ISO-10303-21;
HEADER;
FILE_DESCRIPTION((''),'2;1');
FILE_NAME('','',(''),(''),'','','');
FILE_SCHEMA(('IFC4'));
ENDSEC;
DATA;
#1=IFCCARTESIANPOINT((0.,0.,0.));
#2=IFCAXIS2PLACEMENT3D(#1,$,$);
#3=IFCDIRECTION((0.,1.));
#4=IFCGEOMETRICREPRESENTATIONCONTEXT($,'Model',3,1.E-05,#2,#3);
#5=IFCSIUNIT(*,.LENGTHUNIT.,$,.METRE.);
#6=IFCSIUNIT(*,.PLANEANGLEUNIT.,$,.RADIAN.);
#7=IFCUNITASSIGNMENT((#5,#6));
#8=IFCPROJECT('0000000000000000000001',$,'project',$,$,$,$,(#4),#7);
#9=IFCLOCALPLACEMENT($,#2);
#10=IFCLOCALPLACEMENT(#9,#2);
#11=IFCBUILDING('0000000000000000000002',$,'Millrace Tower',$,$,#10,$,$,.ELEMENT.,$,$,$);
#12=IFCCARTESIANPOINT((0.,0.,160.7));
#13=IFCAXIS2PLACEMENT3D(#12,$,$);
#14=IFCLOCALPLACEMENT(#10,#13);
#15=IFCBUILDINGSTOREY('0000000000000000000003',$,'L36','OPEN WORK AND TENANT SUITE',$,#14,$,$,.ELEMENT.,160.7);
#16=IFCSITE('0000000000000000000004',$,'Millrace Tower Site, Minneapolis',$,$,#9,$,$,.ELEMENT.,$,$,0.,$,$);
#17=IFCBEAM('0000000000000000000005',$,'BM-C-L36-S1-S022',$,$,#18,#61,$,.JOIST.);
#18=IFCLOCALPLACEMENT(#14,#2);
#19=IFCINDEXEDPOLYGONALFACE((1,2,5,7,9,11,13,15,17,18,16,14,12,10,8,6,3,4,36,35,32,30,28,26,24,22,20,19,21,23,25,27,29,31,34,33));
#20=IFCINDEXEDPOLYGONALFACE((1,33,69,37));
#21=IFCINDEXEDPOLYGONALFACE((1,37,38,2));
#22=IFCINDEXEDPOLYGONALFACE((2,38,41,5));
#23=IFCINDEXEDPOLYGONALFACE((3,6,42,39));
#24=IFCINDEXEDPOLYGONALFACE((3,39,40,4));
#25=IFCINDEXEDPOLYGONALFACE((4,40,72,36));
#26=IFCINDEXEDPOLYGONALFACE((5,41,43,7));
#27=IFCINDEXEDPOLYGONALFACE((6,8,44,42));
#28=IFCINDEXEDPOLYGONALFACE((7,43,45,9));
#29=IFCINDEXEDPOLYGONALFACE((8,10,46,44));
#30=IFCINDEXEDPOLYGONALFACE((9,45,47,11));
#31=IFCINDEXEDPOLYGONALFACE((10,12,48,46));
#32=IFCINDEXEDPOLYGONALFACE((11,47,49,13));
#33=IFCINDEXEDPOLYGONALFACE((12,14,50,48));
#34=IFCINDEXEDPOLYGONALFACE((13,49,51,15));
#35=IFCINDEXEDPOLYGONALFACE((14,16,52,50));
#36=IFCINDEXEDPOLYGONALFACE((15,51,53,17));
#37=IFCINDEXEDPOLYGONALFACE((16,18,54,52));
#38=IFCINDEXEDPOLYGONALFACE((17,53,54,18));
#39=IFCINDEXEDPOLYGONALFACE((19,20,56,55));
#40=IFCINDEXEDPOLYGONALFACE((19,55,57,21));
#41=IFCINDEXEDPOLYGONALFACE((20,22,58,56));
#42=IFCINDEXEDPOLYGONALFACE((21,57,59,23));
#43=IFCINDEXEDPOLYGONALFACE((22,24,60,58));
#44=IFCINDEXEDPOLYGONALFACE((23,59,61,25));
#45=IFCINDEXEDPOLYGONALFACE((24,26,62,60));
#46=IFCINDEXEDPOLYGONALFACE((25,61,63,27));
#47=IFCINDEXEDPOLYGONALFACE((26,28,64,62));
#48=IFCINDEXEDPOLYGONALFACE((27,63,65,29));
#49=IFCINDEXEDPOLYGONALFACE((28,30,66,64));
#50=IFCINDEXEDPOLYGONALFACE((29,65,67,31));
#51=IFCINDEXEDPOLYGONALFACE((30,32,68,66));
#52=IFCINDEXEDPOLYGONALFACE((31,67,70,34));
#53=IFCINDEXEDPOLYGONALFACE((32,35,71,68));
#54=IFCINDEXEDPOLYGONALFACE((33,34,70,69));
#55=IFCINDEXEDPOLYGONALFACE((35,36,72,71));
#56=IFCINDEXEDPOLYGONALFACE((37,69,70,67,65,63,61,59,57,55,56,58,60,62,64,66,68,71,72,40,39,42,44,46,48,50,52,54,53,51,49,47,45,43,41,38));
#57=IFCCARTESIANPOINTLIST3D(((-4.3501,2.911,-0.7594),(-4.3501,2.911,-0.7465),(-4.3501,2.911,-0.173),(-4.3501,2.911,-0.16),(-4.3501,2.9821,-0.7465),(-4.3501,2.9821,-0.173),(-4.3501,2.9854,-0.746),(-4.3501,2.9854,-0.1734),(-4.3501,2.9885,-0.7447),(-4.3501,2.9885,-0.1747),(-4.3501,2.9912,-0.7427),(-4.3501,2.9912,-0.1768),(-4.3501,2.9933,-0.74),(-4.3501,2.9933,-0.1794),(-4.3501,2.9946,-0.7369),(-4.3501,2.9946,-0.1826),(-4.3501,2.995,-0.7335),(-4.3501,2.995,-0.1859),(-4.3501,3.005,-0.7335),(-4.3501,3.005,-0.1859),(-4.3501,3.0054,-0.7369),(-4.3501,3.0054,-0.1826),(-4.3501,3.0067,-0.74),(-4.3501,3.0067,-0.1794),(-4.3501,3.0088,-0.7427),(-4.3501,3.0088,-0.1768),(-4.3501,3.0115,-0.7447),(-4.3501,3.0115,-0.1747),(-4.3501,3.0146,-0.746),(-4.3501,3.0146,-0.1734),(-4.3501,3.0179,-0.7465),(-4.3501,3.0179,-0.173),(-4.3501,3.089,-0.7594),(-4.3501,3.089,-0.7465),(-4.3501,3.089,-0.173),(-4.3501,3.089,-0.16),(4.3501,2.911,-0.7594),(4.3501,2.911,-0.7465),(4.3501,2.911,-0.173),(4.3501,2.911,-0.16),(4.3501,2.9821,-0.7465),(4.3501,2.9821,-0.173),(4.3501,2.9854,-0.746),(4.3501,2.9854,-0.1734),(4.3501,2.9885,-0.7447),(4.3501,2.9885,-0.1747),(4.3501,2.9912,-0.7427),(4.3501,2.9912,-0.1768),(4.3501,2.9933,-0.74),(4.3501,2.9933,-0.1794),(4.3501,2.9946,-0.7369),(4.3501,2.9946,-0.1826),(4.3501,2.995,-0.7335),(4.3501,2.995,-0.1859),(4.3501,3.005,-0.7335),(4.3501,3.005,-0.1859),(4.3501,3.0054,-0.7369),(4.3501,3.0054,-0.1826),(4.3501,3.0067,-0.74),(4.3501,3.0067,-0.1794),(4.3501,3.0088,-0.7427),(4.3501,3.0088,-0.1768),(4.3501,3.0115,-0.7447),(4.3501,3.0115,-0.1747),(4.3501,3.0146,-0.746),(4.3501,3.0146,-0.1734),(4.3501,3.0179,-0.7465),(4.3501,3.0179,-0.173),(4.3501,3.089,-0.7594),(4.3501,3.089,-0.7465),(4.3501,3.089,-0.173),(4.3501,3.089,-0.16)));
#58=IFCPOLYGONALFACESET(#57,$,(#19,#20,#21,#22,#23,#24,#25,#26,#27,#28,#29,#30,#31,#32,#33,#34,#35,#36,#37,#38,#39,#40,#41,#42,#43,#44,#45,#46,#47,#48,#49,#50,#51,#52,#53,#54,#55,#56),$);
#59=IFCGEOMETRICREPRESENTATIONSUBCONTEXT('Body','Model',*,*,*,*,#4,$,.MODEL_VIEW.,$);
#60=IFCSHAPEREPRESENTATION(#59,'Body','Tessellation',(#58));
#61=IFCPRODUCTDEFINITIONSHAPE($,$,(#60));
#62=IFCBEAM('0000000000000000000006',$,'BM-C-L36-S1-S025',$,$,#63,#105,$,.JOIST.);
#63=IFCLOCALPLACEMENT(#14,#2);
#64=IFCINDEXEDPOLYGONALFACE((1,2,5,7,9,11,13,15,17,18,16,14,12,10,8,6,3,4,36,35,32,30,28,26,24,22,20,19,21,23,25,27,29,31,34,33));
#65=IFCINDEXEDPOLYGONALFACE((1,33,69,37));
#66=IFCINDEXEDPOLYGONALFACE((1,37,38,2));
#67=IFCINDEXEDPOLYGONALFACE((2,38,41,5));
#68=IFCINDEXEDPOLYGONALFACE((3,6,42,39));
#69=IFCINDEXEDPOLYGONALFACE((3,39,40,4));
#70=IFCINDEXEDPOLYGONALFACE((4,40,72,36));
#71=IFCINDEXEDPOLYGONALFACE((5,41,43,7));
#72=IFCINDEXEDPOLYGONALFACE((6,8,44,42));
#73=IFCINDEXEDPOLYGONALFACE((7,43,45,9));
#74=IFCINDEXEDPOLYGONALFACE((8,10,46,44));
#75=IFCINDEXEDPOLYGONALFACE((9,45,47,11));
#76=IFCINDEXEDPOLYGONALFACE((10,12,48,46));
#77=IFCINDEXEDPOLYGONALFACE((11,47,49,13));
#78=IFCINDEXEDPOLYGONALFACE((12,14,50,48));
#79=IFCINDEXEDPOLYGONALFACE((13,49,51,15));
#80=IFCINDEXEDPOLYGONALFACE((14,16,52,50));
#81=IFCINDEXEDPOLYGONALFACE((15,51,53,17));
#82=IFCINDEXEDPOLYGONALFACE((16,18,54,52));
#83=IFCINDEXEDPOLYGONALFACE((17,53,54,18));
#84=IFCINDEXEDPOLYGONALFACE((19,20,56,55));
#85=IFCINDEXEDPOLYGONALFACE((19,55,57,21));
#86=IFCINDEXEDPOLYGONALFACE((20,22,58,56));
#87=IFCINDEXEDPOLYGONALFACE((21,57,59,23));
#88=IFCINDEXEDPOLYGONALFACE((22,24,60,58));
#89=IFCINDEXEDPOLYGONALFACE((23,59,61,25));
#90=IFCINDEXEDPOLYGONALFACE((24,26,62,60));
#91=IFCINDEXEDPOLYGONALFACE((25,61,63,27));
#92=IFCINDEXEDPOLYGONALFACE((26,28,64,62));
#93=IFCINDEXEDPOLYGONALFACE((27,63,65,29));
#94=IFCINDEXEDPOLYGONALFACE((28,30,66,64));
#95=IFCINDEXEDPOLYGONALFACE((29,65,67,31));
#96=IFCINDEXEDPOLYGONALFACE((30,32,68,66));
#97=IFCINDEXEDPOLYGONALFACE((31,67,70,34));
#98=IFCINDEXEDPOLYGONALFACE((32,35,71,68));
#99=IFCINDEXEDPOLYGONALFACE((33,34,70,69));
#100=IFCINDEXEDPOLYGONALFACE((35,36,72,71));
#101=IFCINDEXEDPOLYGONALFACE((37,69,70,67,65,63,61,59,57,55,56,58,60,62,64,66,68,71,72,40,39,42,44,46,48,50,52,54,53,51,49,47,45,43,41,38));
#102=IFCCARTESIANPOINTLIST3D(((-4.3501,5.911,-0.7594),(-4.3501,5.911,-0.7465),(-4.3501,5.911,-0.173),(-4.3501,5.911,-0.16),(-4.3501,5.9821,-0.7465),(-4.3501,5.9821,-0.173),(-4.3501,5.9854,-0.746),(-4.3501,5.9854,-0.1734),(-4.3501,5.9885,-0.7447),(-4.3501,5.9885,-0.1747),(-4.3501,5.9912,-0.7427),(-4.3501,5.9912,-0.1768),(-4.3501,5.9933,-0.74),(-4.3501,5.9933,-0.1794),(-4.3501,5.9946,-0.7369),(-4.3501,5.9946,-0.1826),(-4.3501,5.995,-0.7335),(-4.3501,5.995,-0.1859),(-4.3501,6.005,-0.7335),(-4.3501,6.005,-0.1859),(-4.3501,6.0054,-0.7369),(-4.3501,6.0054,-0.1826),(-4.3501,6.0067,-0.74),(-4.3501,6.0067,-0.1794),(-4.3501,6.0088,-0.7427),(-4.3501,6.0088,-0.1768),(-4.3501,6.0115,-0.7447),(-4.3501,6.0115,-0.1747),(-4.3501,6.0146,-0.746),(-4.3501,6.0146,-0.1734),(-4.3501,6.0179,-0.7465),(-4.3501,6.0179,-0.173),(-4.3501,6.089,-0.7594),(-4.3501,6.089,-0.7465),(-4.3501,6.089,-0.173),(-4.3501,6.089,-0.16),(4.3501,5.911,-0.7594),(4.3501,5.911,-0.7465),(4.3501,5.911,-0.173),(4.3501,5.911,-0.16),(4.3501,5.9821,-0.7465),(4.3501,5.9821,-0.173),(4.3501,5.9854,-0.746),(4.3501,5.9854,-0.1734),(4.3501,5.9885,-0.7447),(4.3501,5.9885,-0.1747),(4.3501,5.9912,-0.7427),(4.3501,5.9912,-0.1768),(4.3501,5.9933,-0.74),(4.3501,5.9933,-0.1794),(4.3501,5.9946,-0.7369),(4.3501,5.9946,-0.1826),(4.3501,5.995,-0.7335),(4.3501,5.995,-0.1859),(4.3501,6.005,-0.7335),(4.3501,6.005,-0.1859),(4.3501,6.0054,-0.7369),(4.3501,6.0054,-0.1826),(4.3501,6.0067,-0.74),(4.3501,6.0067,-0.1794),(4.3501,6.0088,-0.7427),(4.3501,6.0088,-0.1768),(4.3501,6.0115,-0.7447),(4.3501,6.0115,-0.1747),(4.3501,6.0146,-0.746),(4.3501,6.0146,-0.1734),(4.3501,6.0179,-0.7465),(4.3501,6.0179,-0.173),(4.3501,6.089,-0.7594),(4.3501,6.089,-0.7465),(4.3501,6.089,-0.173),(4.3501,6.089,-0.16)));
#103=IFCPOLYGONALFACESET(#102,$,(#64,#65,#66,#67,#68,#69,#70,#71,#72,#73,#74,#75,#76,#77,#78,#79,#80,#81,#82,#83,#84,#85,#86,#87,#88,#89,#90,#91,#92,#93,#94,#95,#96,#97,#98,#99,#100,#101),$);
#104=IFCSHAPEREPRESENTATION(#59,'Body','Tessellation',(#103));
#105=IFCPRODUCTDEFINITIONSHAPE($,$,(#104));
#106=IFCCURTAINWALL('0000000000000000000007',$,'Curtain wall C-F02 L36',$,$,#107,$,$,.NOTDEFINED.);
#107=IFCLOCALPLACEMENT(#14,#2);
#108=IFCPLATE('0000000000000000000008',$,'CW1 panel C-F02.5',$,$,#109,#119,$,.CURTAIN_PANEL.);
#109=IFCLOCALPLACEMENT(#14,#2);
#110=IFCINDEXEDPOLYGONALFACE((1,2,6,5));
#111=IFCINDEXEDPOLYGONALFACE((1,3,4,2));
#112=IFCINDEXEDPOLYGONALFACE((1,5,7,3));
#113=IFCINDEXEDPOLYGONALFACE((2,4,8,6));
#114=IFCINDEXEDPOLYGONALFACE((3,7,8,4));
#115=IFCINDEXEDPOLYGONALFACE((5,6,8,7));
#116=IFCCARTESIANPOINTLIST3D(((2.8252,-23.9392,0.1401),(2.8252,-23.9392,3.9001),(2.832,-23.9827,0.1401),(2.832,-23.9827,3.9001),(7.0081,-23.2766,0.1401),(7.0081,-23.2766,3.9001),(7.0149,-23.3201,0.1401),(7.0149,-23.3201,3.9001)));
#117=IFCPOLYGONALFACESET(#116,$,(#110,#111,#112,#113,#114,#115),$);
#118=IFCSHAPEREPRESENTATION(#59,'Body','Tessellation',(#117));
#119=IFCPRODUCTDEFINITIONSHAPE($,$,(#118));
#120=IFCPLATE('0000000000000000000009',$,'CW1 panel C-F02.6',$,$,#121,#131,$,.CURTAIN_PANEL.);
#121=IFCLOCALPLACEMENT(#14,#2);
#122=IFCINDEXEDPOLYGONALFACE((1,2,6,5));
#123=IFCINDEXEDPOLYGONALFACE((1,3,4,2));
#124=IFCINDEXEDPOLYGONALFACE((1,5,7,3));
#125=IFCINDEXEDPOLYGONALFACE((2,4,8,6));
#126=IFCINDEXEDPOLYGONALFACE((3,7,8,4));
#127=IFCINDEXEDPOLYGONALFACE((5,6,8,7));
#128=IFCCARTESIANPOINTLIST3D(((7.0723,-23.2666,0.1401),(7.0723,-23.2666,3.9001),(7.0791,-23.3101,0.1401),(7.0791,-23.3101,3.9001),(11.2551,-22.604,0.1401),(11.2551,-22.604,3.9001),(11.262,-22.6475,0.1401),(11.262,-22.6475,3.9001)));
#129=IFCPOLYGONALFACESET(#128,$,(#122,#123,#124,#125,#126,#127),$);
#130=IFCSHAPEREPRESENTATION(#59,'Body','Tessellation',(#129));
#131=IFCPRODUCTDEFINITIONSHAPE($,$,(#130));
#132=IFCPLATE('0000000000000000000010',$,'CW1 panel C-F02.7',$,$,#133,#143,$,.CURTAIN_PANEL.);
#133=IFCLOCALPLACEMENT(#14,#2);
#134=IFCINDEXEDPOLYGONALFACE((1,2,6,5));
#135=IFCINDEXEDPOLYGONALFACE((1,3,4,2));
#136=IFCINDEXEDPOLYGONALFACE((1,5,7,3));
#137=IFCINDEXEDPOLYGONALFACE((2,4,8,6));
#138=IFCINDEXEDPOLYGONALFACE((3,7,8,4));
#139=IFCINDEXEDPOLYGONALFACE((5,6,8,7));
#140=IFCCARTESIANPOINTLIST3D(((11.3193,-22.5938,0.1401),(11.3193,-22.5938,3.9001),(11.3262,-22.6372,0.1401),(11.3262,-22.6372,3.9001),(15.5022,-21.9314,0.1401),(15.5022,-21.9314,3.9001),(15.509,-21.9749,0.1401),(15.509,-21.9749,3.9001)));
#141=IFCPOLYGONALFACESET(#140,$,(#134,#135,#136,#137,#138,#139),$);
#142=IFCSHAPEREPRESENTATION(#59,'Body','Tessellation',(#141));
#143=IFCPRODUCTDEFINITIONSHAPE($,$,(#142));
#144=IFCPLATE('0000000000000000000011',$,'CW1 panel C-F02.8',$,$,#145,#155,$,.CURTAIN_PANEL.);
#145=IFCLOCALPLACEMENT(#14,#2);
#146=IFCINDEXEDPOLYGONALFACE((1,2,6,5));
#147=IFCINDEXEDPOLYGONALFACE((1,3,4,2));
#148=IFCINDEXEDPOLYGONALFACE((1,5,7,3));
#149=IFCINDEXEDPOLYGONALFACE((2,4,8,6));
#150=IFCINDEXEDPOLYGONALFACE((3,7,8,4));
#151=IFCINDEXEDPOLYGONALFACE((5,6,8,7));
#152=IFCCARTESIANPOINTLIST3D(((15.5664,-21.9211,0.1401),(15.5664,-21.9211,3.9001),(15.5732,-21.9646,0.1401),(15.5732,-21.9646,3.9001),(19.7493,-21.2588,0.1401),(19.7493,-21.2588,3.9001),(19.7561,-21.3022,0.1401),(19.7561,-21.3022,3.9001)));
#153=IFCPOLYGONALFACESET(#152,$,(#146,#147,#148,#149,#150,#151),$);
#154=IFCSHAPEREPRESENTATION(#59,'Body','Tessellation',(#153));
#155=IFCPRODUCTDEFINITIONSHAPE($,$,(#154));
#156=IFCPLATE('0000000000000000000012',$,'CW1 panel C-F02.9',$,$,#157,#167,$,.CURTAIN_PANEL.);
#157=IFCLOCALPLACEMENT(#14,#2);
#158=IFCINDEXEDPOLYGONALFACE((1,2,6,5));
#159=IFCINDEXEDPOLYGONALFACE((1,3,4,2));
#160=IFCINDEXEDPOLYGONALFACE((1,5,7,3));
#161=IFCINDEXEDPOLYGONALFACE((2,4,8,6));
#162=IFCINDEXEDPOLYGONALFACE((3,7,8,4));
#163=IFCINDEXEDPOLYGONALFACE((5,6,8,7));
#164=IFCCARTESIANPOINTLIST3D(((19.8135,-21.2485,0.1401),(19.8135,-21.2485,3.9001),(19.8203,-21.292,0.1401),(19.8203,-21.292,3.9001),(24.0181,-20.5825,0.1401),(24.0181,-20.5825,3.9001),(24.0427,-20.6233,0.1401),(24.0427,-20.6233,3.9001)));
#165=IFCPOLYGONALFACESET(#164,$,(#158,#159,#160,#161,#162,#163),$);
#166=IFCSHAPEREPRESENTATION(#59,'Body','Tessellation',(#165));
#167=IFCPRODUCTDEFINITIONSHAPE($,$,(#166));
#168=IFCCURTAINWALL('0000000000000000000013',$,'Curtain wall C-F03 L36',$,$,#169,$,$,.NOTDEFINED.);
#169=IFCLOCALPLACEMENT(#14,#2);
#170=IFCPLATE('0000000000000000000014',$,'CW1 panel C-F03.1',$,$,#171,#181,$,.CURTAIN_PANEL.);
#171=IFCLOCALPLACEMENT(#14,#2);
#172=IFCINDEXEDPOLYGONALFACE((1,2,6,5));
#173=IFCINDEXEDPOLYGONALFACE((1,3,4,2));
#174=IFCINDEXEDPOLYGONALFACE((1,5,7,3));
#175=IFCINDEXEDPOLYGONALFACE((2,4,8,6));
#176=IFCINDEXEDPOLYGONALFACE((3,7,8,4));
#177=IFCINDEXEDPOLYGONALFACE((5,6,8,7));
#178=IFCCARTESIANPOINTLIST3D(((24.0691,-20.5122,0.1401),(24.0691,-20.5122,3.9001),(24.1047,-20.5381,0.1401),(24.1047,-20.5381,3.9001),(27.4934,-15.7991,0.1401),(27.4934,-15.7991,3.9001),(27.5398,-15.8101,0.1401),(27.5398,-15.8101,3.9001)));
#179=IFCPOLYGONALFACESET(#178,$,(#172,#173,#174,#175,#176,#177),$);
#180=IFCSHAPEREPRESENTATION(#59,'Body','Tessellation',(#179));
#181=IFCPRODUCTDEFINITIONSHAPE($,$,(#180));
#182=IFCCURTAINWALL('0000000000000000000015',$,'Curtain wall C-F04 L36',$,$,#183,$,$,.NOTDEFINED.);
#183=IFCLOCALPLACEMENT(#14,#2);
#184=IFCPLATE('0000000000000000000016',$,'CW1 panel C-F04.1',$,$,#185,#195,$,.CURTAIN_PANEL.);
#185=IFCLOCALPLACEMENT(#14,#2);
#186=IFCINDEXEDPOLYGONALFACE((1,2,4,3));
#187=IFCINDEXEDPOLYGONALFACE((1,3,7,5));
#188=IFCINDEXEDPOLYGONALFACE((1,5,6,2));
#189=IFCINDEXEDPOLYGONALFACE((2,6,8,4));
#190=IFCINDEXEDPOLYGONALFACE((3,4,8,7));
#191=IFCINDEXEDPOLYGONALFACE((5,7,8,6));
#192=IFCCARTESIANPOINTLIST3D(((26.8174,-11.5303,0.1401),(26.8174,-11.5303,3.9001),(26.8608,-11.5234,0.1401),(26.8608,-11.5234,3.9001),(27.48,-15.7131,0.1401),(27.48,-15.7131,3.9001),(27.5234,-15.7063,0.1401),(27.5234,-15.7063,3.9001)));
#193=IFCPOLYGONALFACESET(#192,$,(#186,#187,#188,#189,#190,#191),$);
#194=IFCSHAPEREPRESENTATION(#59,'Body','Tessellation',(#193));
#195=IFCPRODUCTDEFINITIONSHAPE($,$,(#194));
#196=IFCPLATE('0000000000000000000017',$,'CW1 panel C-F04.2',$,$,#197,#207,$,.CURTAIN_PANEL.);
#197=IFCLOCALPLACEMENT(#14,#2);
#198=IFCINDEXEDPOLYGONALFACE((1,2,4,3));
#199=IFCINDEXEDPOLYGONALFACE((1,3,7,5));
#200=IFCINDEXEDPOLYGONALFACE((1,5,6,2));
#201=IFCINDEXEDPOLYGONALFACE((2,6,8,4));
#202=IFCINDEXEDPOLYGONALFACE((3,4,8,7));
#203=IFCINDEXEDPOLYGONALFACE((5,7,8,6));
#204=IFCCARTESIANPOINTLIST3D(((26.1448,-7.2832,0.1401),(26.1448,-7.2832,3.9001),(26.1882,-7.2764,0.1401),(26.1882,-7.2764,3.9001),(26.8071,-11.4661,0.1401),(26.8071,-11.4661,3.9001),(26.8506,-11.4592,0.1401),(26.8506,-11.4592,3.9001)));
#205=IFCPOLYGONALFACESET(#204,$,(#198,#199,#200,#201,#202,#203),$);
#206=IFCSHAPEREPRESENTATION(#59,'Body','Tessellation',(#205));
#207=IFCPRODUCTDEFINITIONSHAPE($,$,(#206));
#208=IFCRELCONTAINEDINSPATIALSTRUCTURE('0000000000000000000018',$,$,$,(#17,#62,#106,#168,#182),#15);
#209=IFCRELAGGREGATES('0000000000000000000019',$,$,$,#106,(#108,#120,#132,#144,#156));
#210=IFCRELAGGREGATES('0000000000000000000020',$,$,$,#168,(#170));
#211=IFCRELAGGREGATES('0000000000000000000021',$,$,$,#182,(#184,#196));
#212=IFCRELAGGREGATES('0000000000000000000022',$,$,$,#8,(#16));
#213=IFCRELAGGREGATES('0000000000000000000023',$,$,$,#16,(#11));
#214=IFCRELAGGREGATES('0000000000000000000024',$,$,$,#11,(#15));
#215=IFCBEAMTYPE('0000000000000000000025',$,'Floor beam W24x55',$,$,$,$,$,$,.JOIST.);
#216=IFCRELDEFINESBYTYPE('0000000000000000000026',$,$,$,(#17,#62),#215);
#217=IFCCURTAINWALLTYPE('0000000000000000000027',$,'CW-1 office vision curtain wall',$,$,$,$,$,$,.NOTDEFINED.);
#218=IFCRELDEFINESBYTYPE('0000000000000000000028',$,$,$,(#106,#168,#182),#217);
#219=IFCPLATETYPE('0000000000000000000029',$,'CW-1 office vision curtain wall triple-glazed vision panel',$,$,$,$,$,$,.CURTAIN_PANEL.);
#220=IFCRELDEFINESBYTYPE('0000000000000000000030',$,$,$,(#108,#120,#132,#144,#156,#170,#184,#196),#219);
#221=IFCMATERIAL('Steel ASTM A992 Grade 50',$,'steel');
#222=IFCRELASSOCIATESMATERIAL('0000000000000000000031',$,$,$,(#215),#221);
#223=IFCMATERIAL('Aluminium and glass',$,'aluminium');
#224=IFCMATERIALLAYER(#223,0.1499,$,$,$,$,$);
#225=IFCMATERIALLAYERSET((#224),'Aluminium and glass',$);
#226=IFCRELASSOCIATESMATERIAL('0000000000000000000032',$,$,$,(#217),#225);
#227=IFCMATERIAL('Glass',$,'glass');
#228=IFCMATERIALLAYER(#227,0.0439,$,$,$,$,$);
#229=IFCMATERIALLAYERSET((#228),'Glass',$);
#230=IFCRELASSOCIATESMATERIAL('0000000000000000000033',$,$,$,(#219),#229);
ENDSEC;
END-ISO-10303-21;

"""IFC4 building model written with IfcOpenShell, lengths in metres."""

from ifc_helpers import new_model, si_unit, direction, frame, origin, origin_2d, place, context, subcontext, project, spatial, polyline, i_section, outline, extrude, material, layer, layer_set, material_profile, profile_set, type_object, element, aggregate, save


model = new_model("IFC4")

# Units and contexts
model_context = context("Model", 3, precision=1e-05, world=origin(), true_north=direction((0.0, 1.0)))
body_context = subcontext(model_context, "Body", "Model", "MODEL_VIEW")
ifc_project = project(units=[si_unit("LENGTHUNIT", "METRE"), si_unit("PLANEANGLEUNIT", "RADIAN")], contexts=[model_context])

# Site, building, storey
site_placement = place(None, origin())
site = spatial("IfcSite", under=ifc_project, at=site_placement, Name="Millrace Tower Site, Minneapolis", CompositionType="ELEMENT", RefElevation=0.0)
building_placement = place(site_placement, origin())
building = spatial("IfcBuilding", under=site, at=building_placement, Name="Millrace Tower", CompositionType="ELEMENT")
storey_placement = place(building_placement, frame((0.0, 0.0, 160.7)))
storey = spatial("IfcBuildingStorey", under=building, at=storey_placement, Name="L36", Description="OPEN WORK AND TENANT SUITE", CompositionType="ELEMENT", Elevation=160.7)

# Beams
ifc_material_1 = material(Name="Steel ASTM A992 Grade 50", Category="steel")
ifc_material_profile = material_profile(ifc_material_1, i_section(OverallWidth=0.178, OverallDepth=0.5994, WebThickness=0.01, FlangeThickness=0.0129, FilletRadius=0.0129, at=origin_2d()))
ifc_profile_set = profile_set([ifc_material_profile], Name="Steel ASTM A992 Grade 50")
beam_type = type_object("IfcBeamType", Name="Floor beam W24x55", PredefinedType="JOIST", material=ifc_profile_set)
for number, where, z_axis, x_axis, name in (
    (1, (-4.3501, 3.0, -0.4597), (1.0, 0.0, 0.0), (0.0, 1.0, 0.0), "BM-C-L36-S1-S022"),
    (2, (-4.3501, 6.0, -0.4597), (1.0, 0.0, 0.0), (0.0, 1.0, 0.0), "BM-C-L36-S1-S025"),
):
    element("IfcBeam", number, at=place(storey_placement, frame(where, z_axis=z_axis, x_axis=x_axis)), inside=storey, type_object=beam_type, Name=name, PredefinedType="JOIST", context=body_context, shape_type="SweptSolid", body=[
        extrude(i_section(OverallWidth=0.178, OverallDepth=0.5994, WebThickness=0.01, FlangeThickness=0.0129, FilletRadius=0.0129, at=origin_2d()), origin(), (0.0, 0.0, 1.0), 8.7002),
    ])

# Curtain wall, plates
ifc_material_2 = material(Name="Aluminium and glass", Category="aluminium")
ifc_layer_1 = layer(ifc_material_2, 0.1499)
ifc_layer_set_1 = layer_set([ifc_layer_1], Name="Aluminium and glass")
curtain_wall_type = type_object("IfcCurtainWallType", Name="CW-1 office vision curtain wall", PredefinedType="NOTDEFINED", material=ifc_layer_set_1)
placement_1 = place(storey_placement, origin())
curtain_wall_1 = element("IfcCurtainWall", 3, at=placement_1, inside=storey, type_object=curtain_wall_type, Name="Curtain wall C-F02 L36", PredefinedType="NOTDEFINED")
ifc_material_3 = material(Name="Glass", Category="glass")
ifc_layer_2 = layer(ifc_material_3, 0.0439)
ifc_layer_set_2 = layer_set([ifc_layer_2], Name="Glass")
plate_type = type_object("IfcPlateType", Name="CW-1 office vision curtain wall triple-glazed vision panel", PredefinedType="CURTAIN_PANEL", material=ifc_layer_set_2)
placement_2 = place(storey_placement, frame((0.0, 0.0, 0.1401)))
plate_1 = element("IfcPlate", 4, at=placement_2, type_object=plate_type, Name="CW1 panel C-F02.5", PredefinedType="CURTAIN_PANEL", context=body_context, shape_type="SweptSolid", body=[
    extrude(outline(polyline([(2.832, -23.9827), (7.0149, -23.3201), (7.0081, -23.2766), (2.8252, -23.9392), (2.832, -23.9827)])), origin(), (0.0, 0.0, 1.0), 3.76),
])
plate_2 = element("IfcPlate", 5, at=placement_2, type_object=plate_type, Name="CW1 panel C-F02.6", PredefinedType="CURTAIN_PANEL", context=body_context, shape_type="SweptSolid", body=[
    extrude(outline(polyline([(7.0791, -23.3101), (11.262, -22.6475), (11.2551, -22.604), (7.0723, -23.2666), (7.0791, -23.3101)])), origin(), (0.0, 0.0, 1.0), 3.76),
])
plate_3 = element("IfcPlate", 6, at=placement_2, type_object=plate_type, Name="CW1 panel C-F02.7", PredefinedType="CURTAIN_PANEL", context=body_context, shape_type="SweptSolid", body=[
    extrude(outline(polyline([(11.3262, -22.6372), (15.509, -21.9749), (15.5022, -21.9314), (11.3193, -22.5938), (11.3262, -22.6372)])), origin(), (0.0, 0.0, 1.0), 3.76),
])
plate_4 = element("IfcPlate", 7, at=placement_2, type_object=plate_type, Name="CW1 panel C-F02.8", PredefinedType="CURTAIN_PANEL", context=body_context, shape_type="SweptSolid", body=[
    extrude(outline(polyline([(15.5732, -21.9646), (19.7561, -21.3022), (19.7493, -21.2588), (15.5664, -21.9211), (15.5732, -21.9646)])), origin(), (0.0, 0.0, 1.0), 3.76),
])
plate_5 = element("IfcPlate", 8, at=placement_2, type_object=plate_type, Name="CW1 panel C-F02.9", PredefinedType="CURTAIN_PANEL", context=body_context, shape_type="SweptSolid", body=[
    extrude(outline(polyline([(19.8203, -21.292), (24.0427, -20.6233), (24.0181, -20.5825), (19.8135, -21.2485), (19.8203, -21.292)])), origin(), (0.0, 0.0, 1.0), 3.76),
])
aggregate(curtain_wall_1, [plate_1, plate_2, plate_3, plate_4, plate_5])

# Curtain wall, plate
curtain_wall_2 = element("IfcCurtainWall", 9, at=placement_1, inside=storey, type_object=curtain_wall_type, Name="Curtain wall C-F03 L36", PredefinedType="NOTDEFINED")
plate_6 = element("IfcPlate", 10, at=placement_2, type_object=plate_type, Name="CW1 panel C-F03.1", PredefinedType="CURTAIN_PANEL", context=body_context, shape_type="SweptSolid", body=[
    extrude(outline(polyline([(24.1047, -20.5381), (27.5398, -15.8101), (27.4934, -15.7991), (24.0691, -20.5122), (24.1047, -20.5381)])), origin(), (0.0, 0.0, 1.0), 3.76),
])
aggregate(curtain_wall_2, [plate_6])

# Curtain wall, plates
curtain_wall_3 = element("IfcCurtainWall", 11, at=placement_1, inside=storey, type_object=curtain_wall_type, Name="Curtain wall C-F04 L36", PredefinedType="NOTDEFINED")
plate_7 = element("IfcPlate", 12, at=placement_2, type_object=plate_type, Name="CW1 panel C-F04.1", PredefinedType="CURTAIN_PANEL", context=body_context, shape_type="SweptSolid", body=[
    extrude(outline(polyline([(27.5234, -15.7063), (26.8608, -11.5234), (26.8174, -11.5303), (27.48, -15.7131), (27.5234, -15.7063)])), origin(), (0.0, 0.0, 1.0), 3.76),
])
plate_8 = element("IfcPlate", 13, at=placement_2, type_object=plate_type, Name="CW1 panel C-F04.2", PredefinedType="CURTAIN_PANEL", context=body_context, shape_type="SweptSolid", body=[
    extrude(outline(polyline([(26.8506, -11.4592), (26.1882, -7.2764), (26.1448, -7.2832), (26.8071, -11.4661), (26.8506, -11.4592)])), origin(), (0.0, 0.0, 1.0), 3.76),
])
aggregate(curtain_wall_3, [plate_7, plate_8])

save(model, "model.ifc")
